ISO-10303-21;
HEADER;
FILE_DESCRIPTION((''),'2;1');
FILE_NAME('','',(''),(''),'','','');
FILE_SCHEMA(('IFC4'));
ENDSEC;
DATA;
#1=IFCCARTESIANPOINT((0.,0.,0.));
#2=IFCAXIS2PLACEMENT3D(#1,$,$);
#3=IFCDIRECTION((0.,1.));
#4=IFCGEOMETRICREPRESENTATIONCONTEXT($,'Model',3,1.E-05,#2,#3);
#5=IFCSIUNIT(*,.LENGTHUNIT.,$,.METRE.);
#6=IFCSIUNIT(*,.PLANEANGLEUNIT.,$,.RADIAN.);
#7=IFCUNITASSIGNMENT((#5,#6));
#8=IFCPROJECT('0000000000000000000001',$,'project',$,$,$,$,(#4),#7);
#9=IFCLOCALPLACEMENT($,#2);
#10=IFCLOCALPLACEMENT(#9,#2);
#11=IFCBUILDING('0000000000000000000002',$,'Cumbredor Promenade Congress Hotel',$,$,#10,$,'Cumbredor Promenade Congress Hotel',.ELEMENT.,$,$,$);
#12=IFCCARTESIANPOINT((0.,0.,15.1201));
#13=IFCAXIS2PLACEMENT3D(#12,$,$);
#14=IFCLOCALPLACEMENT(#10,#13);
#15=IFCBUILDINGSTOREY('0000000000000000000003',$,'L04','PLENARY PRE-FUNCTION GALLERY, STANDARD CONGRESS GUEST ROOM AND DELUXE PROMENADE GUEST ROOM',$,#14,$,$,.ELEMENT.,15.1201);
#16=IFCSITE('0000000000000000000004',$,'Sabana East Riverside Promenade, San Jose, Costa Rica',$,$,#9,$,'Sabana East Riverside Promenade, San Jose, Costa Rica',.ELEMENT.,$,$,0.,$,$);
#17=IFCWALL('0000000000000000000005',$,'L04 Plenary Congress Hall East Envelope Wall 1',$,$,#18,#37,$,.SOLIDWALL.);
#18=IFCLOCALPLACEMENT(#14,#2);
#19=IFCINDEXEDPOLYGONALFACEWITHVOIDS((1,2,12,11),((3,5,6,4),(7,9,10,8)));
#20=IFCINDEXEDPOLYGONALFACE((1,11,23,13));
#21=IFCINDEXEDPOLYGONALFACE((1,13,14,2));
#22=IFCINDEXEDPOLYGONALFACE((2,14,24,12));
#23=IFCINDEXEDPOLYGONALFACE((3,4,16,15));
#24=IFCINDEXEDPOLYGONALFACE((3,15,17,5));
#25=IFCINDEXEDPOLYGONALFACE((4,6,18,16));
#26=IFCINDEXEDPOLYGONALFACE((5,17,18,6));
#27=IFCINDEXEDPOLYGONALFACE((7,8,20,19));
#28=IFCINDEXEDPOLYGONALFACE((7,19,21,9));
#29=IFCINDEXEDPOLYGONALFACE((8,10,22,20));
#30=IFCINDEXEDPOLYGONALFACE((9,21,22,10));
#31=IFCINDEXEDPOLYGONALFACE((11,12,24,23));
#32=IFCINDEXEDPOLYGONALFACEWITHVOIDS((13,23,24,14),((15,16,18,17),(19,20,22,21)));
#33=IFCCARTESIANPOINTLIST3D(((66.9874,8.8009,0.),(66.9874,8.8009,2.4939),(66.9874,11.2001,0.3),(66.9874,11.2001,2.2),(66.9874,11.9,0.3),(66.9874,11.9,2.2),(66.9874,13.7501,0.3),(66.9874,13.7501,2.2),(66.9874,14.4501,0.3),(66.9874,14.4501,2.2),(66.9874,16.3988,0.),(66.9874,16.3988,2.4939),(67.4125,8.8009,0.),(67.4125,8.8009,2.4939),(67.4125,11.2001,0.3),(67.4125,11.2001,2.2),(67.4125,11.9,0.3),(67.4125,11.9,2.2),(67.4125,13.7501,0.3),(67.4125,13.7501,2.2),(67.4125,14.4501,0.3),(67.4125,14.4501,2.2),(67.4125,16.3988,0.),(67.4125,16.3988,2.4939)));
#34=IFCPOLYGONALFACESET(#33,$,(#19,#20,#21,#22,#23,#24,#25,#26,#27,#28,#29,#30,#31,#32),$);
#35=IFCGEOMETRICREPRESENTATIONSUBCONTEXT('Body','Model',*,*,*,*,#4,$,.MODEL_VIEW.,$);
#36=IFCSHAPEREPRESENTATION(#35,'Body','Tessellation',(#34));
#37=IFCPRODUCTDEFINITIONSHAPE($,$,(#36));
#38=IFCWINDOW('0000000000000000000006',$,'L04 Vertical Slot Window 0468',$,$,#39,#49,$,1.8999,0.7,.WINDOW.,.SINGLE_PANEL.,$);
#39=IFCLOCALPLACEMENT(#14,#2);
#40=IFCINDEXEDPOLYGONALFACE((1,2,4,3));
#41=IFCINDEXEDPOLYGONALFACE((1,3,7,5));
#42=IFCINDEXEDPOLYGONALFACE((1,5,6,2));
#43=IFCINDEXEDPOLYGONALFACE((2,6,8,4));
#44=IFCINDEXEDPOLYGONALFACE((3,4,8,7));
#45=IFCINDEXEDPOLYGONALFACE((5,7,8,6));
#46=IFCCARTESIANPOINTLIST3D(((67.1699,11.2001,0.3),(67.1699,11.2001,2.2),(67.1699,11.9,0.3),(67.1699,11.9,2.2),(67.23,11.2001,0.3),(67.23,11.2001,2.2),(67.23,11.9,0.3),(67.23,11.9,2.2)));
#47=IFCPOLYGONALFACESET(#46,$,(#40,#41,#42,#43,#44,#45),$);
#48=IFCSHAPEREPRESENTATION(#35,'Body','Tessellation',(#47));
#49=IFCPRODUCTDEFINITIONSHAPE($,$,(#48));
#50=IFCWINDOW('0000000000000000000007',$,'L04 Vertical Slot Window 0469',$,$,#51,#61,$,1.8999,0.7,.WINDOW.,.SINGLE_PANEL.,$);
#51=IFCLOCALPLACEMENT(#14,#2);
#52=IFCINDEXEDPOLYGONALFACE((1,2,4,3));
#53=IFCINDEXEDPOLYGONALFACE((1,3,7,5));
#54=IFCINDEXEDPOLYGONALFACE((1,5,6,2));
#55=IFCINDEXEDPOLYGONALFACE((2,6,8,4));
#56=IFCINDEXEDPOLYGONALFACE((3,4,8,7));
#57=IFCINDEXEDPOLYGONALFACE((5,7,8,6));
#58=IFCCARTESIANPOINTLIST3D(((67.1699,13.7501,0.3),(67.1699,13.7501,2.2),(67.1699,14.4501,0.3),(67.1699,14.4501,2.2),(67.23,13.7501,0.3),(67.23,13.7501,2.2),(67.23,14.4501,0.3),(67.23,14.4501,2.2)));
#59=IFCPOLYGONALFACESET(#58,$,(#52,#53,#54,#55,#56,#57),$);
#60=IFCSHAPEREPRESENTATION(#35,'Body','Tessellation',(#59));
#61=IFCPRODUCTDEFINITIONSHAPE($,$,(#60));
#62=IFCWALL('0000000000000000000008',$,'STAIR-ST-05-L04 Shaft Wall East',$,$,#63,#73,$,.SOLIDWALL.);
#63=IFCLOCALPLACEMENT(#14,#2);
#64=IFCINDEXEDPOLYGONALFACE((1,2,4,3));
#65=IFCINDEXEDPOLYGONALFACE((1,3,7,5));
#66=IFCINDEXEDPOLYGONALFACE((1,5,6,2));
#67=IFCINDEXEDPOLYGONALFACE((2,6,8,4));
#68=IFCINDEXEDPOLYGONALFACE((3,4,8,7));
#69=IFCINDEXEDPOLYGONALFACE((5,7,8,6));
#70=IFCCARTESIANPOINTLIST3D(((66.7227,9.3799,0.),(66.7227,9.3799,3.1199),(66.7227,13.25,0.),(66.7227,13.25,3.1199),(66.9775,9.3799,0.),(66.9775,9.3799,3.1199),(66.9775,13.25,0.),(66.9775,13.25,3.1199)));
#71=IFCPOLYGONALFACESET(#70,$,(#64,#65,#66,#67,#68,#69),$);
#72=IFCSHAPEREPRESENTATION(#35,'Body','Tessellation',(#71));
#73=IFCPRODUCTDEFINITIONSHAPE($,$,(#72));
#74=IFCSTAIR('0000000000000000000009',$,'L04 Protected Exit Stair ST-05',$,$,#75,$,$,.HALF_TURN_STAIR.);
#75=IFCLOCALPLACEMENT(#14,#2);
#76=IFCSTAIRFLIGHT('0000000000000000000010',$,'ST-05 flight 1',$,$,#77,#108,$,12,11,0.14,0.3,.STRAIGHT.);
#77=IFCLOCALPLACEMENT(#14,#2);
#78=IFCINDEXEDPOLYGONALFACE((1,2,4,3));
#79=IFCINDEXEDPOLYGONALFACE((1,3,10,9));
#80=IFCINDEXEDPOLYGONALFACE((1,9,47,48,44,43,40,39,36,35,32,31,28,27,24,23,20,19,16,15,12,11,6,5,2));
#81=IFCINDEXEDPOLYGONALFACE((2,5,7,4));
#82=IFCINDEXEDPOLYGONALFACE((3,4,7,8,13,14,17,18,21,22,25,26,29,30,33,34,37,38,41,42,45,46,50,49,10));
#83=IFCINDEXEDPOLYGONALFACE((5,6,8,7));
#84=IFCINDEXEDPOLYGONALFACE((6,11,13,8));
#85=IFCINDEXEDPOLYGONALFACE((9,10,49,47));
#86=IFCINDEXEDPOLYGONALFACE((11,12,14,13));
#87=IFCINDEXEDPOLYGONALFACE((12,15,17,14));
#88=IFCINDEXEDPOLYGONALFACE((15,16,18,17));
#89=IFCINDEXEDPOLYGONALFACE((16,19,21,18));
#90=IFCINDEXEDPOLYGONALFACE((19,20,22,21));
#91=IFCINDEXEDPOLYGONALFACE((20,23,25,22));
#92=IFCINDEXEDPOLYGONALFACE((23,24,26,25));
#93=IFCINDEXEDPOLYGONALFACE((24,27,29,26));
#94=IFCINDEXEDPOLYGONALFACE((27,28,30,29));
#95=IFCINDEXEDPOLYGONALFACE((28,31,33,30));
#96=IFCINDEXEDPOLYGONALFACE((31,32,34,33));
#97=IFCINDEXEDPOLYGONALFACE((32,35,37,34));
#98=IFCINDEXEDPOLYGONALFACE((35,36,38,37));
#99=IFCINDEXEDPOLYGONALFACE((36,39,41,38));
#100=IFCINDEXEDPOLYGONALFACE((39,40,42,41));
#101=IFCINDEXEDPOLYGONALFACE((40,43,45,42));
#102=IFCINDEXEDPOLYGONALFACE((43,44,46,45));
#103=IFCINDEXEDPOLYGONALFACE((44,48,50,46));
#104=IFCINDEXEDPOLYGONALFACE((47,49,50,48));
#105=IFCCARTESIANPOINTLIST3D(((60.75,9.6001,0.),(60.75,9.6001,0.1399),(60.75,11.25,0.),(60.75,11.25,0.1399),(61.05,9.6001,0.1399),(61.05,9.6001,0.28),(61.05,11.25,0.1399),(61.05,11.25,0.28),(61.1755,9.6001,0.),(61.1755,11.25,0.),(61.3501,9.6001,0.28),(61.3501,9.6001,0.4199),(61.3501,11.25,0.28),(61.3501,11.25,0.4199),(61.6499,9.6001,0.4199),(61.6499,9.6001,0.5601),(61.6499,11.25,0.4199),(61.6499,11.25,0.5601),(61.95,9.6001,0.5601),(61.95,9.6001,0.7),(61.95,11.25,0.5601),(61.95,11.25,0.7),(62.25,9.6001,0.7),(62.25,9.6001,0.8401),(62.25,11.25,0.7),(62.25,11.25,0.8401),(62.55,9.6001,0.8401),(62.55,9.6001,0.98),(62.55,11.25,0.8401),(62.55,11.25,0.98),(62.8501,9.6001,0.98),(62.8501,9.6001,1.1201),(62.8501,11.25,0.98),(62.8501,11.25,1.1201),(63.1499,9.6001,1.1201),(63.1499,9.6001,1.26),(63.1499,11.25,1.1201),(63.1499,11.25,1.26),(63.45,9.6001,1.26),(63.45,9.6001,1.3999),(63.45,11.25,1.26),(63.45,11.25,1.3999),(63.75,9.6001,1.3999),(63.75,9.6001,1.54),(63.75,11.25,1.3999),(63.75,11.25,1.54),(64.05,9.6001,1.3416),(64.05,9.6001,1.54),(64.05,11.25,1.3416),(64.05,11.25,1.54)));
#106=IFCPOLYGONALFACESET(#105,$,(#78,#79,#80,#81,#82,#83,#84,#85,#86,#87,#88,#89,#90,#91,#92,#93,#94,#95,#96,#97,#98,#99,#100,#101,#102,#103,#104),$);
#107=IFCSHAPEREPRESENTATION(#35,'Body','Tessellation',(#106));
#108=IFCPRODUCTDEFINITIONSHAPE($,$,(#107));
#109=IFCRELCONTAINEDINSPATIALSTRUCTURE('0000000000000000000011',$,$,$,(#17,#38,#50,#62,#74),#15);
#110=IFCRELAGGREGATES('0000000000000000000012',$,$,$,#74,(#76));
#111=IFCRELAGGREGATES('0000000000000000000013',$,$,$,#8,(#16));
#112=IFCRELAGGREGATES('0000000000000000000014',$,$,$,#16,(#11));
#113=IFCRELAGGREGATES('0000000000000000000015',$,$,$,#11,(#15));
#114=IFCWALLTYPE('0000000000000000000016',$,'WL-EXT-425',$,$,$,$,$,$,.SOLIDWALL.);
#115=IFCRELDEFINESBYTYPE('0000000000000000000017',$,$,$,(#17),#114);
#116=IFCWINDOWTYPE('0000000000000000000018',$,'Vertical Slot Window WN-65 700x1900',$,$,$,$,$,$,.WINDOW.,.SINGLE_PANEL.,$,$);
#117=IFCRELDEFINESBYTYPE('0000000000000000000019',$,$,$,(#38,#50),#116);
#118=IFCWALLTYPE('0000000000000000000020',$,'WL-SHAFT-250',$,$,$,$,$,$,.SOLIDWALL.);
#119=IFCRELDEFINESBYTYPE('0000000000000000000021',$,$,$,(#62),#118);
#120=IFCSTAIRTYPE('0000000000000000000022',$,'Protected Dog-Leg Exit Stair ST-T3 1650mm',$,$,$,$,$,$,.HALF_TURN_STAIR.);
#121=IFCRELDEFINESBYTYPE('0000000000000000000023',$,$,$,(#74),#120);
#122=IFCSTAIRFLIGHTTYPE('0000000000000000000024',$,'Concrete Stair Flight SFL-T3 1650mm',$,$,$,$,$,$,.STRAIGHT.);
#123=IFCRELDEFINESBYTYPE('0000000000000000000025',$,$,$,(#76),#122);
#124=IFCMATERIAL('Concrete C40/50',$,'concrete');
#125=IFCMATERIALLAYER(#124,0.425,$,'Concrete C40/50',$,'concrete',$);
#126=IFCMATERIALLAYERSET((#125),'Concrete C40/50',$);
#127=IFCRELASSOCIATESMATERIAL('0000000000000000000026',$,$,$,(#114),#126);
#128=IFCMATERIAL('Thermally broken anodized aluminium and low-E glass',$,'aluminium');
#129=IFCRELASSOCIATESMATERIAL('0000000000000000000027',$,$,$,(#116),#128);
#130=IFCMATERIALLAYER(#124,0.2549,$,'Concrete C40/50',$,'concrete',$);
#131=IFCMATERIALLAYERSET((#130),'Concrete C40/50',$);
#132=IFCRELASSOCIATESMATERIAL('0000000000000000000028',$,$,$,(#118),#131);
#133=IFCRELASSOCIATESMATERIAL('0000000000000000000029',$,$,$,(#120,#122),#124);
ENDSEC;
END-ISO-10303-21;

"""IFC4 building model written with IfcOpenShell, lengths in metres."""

from ifc_helpers import new_model, si_unit, direction, frame, frame_2d, origin, place, context, subcontext, project, spatial, polyline, rectangle, outline, extrude, material, layer, layer_set, type_object, element, fill, aggregate, save


model = new_model("IFC4")

# Units and contexts
model_context = context("Model", 3, precision=1e-05, world=origin(), true_north=direction((0.0, 1.0)))
body_context = subcontext(model_context, "Body", "Model", "MODEL_VIEW")
ifc_project = project(units=[si_unit("LENGTHUNIT", "METRE"), si_unit("PLANEANGLEUNIT", "RADIAN")], contexts=[model_context])

# Site, building, storey
site_placement = place(None, origin())
site = spatial("IfcSite", under=ifc_project, at=site_placement, Name="Sabana East Riverside Promenade, San Jose, Costa Rica", LongName="Sabana East Riverside Promenade, San Jose, Costa Rica", CompositionType="ELEMENT", RefElevation=0.0)
building_placement = place(site_placement, origin())
building = spatial("IfcBuilding", under=site, at=building_placement, Name="Cumbredor Promenade Congress Hotel", LongName="Cumbredor Promenade Congress Hotel", CompositionType="ELEMENT")
storey_placement = place(building_placement, frame((0.0, 0.0, 15.1201)))
storey = spatial("IfcBuildingStorey", under=building, at=storey_placement, Name="L04", Description="PLENARY PRE-FUNCTION GALLERY, STANDARD CONGRESS GUEST ROOM AND DELUXE PROMENADE GUEST ROOM", CompositionType="ELEMENT", Elevation=15.1201)

# Shared definitions
ifc_material_1 = material(Name="Thermally broken anodized aluminium and low-E glass", Category="aluminium")

# Shared definitions
ifc_material_2 = material(Name="Concrete C40/50", Category="concrete")

# Wall, openings, windows
ifc_layer_1 = layer(ifc_material_2, 0.425, Name="Concrete C40/50", Category="concrete")
ifc_layer_set_1 = layer_set([ifc_layer_1], Name="Concrete C40/50")
wall_type_1 = type_object("IfcWallType", Name="WL-EXT-425", PredefinedType="SOLIDWALL", material=ifc_layer_set_1)
wall_1_placement = place(storey_placement, frame((67.2, 8.801, 0.0), z_axis=(0.0, 0.0, 1.0), x_axis=(0.0, 1.0, 0.0)))
wall_1 = element("IfcWall", 1, at=wall_1_placement, inside=storey, type_object=wall_type_1, Name="L04 Plenary Congress Hall East Envelope Wall 1", PredefinedType="SOLIDWALL", context=body_context, shape_type="SweptSolid", body=[
    extrude(rectangle(XDim=7.5979, YDim=0.425, at=frame_2d((3.7988, 0.0))), origin(), (0.0, 0.0, 1.0), 2.4939),
])
opening_1_placement = place(wall_1_placement, frame((2.3989, 0.0, 0.3)))
opening_1 = element("IfcOpeningElement", 2, at=opening_1_placement, cuts=wall_1, PredefinedType="OPENING", context=body_context, shape_type="SweptSolid", body=[
    extrude(rectangle(XDim=0.7, YDim=1.8999, at=frame_2d((0.3501, 0.95))), frame((0.0, 0.2227, 0.0), z_axis=(0.0, -1.0, 0.0), x_axis=(1.0, 0.0, 0.0)), (0.0, 0.0, 1.0), 0.4451),
])
opening_2_placement = place(wall_1_placement, frame((4.949, 0.0, 0.3)))
opening_2 = element("IfcOpeningElement", 3, at=opening_2_placement, cuts=wall_1, PredefinedType="OPENING", context=body_context, shape_type="SweptSolid", body=[
    extrude(rectangle(XDim=0.7, YDim=1.8999, at=frame_2d((0.3501, 0.95))), frame((0.0, 0.2227, 0.0), z_axis=(0.0, -1.0, 0.0), x_axis=(1.0, 0.0, 0.0)), (0.0, 0.0, 1.0), 0.4451),
])
window_type_1 = type_object("IfcWindowType", Name="Vertical Slot Window WN-65 700x1900", PartitioningType="SINGLE_PANEL", PredefinedType="WINDOW", material=ifc_material_1)
window_1_placement = place(opening_1_placement, origin())
window_1 = element("IfcWindow", 4, at=window_1_placement, inside=storey, type_object=window_type_1, Name="L04 Vertical Slot Window 0468", OverallHeight=1.8999, OverallWidth=0.7, PartitioningType="SINGLE_PANEL", PredefinedType="WINDOW", context=body_context, shape_type="SweptSolid", body=[
    extrude(rectangle(XDim=0.7, YDim=1.8999, at=frame_2d((0.3501, 0.95))), frame((0.0, 0.03, 0.0), z_axis=(0.0, -1.0, 0.0), x_axis=(1.0, 0.0, 0.0)), (0.0, 0.0, 1.0), 0.0601),
])
fill(opening_1, window_1)
window_2_placement = place(opening_2_placement, origin())
window_2 = element("IfcWindow", 5, at=window_2_placement, inside=storey, type_object=window_type_1, Name="L04 Vertical Slot Window 0469", OverallHeight=1.8999, OverallWidth=0.7, PartitioningType="SINGLE_PANEL", PredefinedType="WINDOW", context=body_context, shape_type="SweptSolid", body=[
    extrude(rectangle(XDim=0.7, YDim=1.8999, at=frame_2d((0.3501, 0.95))), frame((0.0, 0.03, 0.0), z_axis=(0.0, -1.0, 0.0), x_axis=(1.0, 0.0, 0.0)), (0.0, 0.0, 1.0), 0.0601),
])
fill(opening_2, window_2)

# Wall
ifc_layer_2 = layer(ifc_material_2, 0.2549, Name="Concrete C40/50", Category="concrete")
ifc_layer_set_2 = layer_set([ifc_layer_2], Name="Concrete C40/50")
wall_type_2 = type_object("IfcWallType", Name="WL-SHAFT-250", PredefinedType="SOLIDWALL", material=ifc_layer_set_2)
wall_2_placement = place(storey_placement, frame((66.8501, 9.3799, 0.0), z_axis=(0.0, 0.0, 1.0), x_axis=(0.0, 1.0, 0.0)))
element("IfcWall", 6, at=wall_2_placement, inside=storey, type_object=wall_type_2, Name="STAIR-ST-05-L04 Shaft Wall East", PredefinedType="SOLIDWALL", context=body_context, shape_type="SweptSolid", body=[
    extrude(rectangle(XDim=3.8701, YDim=0.2549, at=frame_2d((1.9351, 0.0))), origin(), (0.0, 0.0, 1.0), 3.1199),
])

# Stair, stair flight
stair_type = type_object("IfcStairType", Name="Protected Dog-Leg Exit Stair ST-T3 1650mm", PredefinedType="HALF_TURN_STAIR", material=ifc_material_2)
stair_placement = place(storey_placement, origin())
stair = element("IfcStair", 7, at=stair_placement, inside=storey, type_object=stair_type, Name="L04 Protected Exit Stair ST-05", PredefinedType="HALF_TURN_STAIR")
stair_flight_type = type_object("IfcStairFlightType", Name="Concrete Stair Flight SFL-T3 1650mm", PredefinedType="STRAIGHT", material=ifc_material_2)
stair_flight_placement = place(storey_placement, frame((60.75, 10.425, 0.0), z_axis=(0.0, 0.0, 1.0), x_axis=(1.0, 0.0, 0.0)))
stair_flight = element("IfcStairFlight", 8, at=stair_flight_placement, type_object=stair_flight_type, Name="ST-05 flight 1", NumberOfRisers=12, NumberOfTreads=11, PredefinedType="STRAIGHT", RiserHeight=0.14, TreadLength=0.3, context=body_context, shape_type="SweptSolid", body=[
    extrude(outline(polyline([(0.0, 0.0), (0.0, 0.1399), (0.3, 0.1399), (0.3, 0.28), (0.6001, 0.28), (0.6001, 0.4199), (0.8999, 0.4199), (0.8999, 0.5601), (1.2, 0.5601), (1.2, 0.7), (1.5, 0.7), (1.5, 0.8401), (1.8, 0.8401), (1.8, 0.98), (2.1001, 0.98), (2.1001, 1.1201), (2.3999, 1.1201), (2.3999, 1.26), (2.7, 1.26), (2.7, 1.3999), (3.0, 1.3999), (3.0, 1.54), (3.3, 1.54), (3.3, 1.6799), (3.3, 1.3416), (0.4255, 0.0), (0.0, 0.0)])), frame((0.0, 0.825, 0.0), z_axis=(0.0, -1.0, 0.0), x_axis=(1.0, 0.0, 0.0)), (0.0, 0.0, 1.0), 1.6499),
])
aggregate(stair, [stair_flight])

save(model, "model.ifc")
